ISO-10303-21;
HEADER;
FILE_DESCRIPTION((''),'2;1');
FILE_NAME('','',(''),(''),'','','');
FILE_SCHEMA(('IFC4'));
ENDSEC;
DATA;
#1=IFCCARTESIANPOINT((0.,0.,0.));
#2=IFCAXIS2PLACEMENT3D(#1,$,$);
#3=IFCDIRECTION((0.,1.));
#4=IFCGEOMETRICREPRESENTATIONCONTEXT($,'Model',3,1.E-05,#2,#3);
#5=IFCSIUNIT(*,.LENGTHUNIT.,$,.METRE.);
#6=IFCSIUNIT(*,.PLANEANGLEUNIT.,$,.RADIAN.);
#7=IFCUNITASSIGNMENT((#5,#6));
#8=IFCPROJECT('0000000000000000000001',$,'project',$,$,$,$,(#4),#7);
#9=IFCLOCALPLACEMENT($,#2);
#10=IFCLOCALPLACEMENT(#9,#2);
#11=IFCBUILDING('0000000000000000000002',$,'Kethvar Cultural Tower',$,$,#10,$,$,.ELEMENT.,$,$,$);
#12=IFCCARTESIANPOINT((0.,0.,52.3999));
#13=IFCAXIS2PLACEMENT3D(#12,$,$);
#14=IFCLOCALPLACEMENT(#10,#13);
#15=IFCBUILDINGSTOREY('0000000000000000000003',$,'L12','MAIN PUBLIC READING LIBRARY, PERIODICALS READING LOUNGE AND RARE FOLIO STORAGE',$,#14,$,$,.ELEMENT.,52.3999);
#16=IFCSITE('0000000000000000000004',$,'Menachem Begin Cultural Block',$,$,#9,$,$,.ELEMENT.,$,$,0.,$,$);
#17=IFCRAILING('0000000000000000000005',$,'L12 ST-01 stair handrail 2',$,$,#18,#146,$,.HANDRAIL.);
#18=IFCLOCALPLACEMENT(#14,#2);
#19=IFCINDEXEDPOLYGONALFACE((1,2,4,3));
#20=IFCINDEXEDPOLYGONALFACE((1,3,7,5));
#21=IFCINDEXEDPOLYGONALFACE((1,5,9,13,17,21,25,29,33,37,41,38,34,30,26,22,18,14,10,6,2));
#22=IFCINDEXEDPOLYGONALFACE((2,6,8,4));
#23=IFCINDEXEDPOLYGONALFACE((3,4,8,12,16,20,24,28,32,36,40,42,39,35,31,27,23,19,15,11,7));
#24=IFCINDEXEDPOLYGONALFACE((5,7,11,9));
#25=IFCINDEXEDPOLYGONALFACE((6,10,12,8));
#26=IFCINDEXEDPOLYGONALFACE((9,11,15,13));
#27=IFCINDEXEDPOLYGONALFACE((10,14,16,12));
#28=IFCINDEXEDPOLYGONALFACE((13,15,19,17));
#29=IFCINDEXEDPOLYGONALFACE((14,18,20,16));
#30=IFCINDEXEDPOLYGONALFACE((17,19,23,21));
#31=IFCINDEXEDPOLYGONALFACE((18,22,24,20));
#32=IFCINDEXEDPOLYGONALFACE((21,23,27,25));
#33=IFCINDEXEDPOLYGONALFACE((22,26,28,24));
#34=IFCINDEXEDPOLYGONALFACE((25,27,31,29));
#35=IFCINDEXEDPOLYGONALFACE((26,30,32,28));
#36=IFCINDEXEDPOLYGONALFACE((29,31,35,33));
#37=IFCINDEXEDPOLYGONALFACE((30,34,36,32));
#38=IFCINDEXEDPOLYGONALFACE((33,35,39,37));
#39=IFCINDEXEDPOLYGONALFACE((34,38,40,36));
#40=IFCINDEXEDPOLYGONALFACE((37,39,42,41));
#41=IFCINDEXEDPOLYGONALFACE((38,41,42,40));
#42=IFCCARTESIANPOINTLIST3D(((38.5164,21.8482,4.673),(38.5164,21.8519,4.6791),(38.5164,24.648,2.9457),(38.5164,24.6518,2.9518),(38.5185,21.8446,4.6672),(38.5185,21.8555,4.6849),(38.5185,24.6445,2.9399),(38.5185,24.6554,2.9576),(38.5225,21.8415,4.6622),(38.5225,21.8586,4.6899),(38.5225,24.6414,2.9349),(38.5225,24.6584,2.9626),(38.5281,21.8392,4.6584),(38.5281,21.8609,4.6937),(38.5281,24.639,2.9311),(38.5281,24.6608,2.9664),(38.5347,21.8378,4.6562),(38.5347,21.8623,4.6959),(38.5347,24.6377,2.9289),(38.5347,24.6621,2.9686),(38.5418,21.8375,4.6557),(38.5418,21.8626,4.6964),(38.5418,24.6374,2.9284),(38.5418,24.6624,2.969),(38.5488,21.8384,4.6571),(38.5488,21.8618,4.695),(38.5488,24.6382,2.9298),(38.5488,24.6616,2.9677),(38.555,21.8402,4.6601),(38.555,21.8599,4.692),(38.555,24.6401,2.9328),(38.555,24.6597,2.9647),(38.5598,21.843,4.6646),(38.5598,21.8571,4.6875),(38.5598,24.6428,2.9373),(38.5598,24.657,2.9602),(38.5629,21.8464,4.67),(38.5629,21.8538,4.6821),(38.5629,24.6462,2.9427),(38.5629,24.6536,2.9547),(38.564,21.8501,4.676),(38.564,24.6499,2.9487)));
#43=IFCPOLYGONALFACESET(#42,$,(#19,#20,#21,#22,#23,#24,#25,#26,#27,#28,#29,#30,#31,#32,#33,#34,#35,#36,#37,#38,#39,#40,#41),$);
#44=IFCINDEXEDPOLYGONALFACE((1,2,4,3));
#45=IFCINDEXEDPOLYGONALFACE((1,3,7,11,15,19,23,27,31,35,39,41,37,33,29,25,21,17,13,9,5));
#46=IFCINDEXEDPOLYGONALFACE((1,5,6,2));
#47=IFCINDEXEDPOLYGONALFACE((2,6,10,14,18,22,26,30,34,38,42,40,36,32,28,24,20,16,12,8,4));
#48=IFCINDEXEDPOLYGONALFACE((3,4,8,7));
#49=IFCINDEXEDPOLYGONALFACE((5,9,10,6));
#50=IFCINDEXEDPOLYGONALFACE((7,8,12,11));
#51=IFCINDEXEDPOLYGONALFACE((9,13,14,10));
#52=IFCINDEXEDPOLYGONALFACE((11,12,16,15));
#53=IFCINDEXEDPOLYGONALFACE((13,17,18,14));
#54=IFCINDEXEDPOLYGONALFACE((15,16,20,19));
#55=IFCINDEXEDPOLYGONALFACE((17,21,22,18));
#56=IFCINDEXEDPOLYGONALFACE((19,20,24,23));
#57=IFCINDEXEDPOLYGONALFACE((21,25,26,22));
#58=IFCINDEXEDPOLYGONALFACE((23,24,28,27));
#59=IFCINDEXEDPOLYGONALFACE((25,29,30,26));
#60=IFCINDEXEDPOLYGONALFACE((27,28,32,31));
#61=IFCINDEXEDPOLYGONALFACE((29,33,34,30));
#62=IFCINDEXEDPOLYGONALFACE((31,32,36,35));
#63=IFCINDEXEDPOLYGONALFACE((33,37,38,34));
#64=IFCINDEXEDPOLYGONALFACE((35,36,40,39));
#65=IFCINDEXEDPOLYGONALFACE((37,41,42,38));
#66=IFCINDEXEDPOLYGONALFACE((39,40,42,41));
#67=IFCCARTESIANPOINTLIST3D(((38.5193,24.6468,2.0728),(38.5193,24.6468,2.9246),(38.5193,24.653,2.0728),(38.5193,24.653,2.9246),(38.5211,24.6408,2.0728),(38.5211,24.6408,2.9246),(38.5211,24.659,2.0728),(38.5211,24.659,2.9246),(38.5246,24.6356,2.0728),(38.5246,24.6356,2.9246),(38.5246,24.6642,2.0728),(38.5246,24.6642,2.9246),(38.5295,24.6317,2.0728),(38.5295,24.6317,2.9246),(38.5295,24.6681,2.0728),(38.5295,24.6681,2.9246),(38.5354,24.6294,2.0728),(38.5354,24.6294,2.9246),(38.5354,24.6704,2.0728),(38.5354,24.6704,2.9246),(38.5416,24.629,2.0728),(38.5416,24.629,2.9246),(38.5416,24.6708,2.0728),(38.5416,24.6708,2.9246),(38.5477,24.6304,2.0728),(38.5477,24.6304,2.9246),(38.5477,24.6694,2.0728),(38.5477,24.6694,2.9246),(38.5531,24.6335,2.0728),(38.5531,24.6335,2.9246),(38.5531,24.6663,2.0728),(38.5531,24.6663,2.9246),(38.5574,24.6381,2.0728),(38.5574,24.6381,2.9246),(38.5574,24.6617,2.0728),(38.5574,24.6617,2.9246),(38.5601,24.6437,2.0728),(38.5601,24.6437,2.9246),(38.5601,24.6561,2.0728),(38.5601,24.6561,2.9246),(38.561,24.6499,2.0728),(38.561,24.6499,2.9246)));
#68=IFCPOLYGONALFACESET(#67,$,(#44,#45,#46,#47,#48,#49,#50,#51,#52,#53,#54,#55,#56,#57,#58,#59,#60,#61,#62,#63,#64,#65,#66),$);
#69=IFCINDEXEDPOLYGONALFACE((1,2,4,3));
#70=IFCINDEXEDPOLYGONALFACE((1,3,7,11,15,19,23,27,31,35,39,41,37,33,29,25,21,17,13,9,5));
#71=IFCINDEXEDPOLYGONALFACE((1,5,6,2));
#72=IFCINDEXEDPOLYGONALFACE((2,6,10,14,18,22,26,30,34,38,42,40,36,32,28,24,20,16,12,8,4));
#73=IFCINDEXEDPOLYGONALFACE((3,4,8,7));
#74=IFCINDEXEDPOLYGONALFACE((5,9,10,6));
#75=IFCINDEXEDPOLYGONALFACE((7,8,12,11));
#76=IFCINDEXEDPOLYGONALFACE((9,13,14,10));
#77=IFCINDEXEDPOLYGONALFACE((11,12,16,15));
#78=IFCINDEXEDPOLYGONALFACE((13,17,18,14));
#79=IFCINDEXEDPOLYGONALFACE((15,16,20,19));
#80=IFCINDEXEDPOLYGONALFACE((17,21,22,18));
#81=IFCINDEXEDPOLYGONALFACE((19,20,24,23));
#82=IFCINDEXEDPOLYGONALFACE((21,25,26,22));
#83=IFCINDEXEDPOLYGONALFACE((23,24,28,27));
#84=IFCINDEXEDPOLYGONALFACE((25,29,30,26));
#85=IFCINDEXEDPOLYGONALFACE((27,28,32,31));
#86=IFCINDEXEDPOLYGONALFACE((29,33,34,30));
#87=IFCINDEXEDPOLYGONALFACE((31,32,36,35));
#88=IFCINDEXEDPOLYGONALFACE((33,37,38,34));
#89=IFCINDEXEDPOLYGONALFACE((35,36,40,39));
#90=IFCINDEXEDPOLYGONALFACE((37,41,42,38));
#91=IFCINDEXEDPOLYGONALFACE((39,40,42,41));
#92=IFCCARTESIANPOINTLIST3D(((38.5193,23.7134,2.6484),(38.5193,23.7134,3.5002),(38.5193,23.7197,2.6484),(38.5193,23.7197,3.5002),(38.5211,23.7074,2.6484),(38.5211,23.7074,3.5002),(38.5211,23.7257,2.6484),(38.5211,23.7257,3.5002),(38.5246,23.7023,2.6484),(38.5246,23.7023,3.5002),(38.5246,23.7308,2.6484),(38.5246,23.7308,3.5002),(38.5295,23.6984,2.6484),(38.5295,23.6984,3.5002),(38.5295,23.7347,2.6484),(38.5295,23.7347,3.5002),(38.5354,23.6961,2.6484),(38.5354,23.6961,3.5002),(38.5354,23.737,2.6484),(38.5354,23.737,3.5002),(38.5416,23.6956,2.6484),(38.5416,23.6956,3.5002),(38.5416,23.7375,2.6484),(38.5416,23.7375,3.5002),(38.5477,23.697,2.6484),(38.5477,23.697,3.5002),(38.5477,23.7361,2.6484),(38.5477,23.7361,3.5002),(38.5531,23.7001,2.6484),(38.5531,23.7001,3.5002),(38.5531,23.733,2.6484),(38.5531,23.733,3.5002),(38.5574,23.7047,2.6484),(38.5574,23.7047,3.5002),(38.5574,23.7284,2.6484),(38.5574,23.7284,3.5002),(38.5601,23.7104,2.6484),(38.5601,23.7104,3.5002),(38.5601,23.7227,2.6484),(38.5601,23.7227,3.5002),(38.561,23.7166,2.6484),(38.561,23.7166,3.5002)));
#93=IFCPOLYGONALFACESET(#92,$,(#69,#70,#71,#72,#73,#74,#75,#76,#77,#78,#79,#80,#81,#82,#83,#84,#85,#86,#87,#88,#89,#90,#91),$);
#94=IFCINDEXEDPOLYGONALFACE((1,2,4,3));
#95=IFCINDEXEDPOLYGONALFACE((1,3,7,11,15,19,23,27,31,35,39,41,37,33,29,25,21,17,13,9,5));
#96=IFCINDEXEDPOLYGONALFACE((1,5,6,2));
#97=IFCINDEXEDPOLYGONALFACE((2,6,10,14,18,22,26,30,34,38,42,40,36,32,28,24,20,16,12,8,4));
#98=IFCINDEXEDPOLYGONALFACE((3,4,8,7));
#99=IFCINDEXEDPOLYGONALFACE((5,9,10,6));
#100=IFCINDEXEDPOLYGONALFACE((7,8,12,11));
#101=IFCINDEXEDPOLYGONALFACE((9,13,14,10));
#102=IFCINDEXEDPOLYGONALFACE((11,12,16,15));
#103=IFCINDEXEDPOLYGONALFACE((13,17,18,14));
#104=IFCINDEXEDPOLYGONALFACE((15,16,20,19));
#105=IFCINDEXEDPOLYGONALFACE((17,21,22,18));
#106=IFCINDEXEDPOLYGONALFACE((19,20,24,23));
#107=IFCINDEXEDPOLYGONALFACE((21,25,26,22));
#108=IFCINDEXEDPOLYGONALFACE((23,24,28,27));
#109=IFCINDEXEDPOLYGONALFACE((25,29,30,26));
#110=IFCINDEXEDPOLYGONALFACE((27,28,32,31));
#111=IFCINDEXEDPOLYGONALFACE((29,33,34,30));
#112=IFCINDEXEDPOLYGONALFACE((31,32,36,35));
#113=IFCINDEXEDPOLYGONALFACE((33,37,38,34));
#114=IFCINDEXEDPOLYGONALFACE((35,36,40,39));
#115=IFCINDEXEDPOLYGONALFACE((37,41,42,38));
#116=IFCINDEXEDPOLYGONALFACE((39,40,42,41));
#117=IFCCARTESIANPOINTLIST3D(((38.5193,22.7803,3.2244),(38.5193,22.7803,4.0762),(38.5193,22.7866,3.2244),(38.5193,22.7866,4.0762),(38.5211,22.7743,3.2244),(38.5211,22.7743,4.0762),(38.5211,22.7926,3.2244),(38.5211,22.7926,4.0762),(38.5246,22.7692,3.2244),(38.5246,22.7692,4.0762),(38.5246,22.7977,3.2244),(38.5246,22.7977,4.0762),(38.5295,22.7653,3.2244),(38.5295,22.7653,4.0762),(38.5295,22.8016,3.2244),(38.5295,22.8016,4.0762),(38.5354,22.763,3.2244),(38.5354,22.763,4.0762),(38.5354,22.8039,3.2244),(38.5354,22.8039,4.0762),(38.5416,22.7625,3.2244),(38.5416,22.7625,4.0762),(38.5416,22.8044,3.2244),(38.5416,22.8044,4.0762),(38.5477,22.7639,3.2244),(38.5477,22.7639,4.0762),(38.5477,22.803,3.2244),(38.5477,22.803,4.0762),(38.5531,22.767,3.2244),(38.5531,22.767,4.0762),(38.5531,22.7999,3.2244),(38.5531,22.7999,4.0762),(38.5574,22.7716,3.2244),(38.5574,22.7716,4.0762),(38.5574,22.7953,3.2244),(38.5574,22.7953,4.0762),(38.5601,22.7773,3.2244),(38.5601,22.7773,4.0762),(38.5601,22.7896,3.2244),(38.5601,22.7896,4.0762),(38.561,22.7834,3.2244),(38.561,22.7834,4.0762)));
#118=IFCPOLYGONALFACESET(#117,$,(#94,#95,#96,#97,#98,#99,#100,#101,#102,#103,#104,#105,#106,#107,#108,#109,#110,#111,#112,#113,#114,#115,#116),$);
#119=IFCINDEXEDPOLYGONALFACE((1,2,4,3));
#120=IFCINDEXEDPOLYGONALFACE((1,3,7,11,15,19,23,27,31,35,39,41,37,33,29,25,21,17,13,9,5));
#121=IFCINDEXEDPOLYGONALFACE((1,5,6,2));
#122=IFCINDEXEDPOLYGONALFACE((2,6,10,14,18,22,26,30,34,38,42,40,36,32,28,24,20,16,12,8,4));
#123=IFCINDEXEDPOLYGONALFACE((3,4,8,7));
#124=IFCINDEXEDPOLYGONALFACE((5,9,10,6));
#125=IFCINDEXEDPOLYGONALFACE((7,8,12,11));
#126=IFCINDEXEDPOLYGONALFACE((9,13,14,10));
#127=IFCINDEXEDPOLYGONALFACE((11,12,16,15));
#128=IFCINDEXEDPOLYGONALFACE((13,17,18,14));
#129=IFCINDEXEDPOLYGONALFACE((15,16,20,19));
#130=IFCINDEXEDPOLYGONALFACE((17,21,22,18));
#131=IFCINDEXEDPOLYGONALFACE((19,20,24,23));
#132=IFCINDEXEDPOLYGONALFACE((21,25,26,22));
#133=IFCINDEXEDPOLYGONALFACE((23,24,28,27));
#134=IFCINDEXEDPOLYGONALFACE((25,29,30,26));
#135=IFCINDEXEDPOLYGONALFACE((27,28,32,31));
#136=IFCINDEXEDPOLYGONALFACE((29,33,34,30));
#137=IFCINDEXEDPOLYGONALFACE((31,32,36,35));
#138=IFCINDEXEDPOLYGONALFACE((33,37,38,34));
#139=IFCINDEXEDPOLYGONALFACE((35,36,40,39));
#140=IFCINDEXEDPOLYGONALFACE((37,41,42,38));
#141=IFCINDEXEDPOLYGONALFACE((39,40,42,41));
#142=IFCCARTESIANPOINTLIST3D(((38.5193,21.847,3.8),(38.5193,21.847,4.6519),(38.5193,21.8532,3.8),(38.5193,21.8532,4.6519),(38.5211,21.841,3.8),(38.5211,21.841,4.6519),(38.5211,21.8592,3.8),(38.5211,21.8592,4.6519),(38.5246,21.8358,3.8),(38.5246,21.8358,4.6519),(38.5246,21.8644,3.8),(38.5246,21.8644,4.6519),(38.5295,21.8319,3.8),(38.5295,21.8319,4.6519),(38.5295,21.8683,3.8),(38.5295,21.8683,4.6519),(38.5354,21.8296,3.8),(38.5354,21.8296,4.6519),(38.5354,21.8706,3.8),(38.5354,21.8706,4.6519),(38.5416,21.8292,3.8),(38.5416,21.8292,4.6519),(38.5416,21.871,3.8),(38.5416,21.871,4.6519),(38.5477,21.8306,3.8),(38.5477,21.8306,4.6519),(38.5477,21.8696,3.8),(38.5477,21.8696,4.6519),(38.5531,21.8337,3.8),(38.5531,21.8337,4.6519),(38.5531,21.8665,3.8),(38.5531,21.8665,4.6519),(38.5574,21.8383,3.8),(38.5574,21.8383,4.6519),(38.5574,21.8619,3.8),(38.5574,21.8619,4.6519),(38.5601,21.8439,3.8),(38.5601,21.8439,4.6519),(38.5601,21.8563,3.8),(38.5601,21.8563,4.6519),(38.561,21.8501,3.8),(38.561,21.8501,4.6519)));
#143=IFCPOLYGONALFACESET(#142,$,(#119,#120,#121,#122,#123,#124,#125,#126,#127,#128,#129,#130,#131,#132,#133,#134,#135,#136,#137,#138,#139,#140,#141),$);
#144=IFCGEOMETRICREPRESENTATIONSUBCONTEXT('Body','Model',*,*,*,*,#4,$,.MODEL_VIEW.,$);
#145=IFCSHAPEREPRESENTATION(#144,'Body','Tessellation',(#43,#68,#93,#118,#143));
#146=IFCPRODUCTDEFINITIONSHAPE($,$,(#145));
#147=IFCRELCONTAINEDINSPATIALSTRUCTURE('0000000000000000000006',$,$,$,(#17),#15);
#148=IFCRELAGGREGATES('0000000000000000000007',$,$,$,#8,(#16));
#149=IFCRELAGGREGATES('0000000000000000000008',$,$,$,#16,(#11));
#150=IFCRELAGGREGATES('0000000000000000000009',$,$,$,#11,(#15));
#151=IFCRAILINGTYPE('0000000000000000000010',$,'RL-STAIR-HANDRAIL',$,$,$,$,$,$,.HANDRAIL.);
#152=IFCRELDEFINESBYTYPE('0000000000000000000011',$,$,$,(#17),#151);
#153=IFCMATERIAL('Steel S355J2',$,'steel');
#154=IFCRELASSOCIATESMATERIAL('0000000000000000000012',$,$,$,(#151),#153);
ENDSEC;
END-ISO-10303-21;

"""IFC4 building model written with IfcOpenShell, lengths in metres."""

from ifc_helpers import new_model, si_unit, direction, frame, origin, origin_2d, place, context, subcontext, project, spatial, circle, extrude, material, type_object, element, save


model = new_model("IFC4")

# Units and contexts
model_context = context("Model", 3, precision=1e-05, world=origin(), true_north=direction((0.0, 1.0)))
body_context = subcontext(model_context, "Body", "Model", "MODEL_VIEW")
ifc_project = project(units=[si_unit("LENGTHUNIT", "METRE"), si_unit("PLANEANGLEUNIT", "RADIAN")], contexts=[model_context])

# Site, building, storey
site_placement = place(None, origin())
site = spatial("IfcSite", under=ifc_project, at=site_placement, Name="Menachem Begin Cultural Block", CompositionType="ELEMENT", RefElevation=0.0)
building_placement = place(site_placement, origin())
building = spatial("IfcBuilding", under=site, at=building_placement, Name="Kethvar Cultural Tower", CompositionType="ELEMENT")
storey_placement = place(building_placement, frame((0.0, 0.0, 52.3999)))
storey = spatial("IfcBuildingStorey", under=building, at=storey_placement, Name="L12", Description="MAIN PUBLIC READING LIBRARY, PERIODICALS READING LOUNGE AND RARE FOLIO STORAGE", CompositionType="ELEMENT", Elevation=52.3999)

# Shared definitions
ifc_material_1 = material(Name="Steel S355J2", Category="steel")

# Railing
railing_type_1 = type_object("IfcRailingType", Name="RL-STAIR-HANDRAIL", PredefinedType="HANDRAIL", material=ifc_material_1)
railing_1_placement = place(storey_placement, frame((38.54, 24.6499, 2.0728)))
element("IfcRailing", 1, at=railing_1_placement, inside=storey, type_object=railing_type_1, Name="L12 ST-01 stair handrail 2", PredefinedType="HANDRAIL", context=body_context, shape_type="SweptSolid", body=[
    extrude(circle(Radius=0.0239, at=origin_2d()), frame((0.0, 0.0, 0.876), z_axis=(0.0, -0.851069, 0.525054), x_axis=(1.0, 0.0, 0.0)), (0.0, 0.0, 1.0), 3.2898),
    extrude(circle(Radius=0.021, at=origin_2d()), origin(), (0.0, 0.0, 1.0), 0.8518),
    extrude(circle(Radius=0.021, at=origin_2d()), frame((0.0, -0.9333, 0.5757)), (0.0, 0.0, 1.0), 0.8518),
    extrude(circle(Radius=0.021, at=origin_2d()), frame((0.0, -1.8665, 1.1516)), (0.0, 0.0, 1.0), 0.8518),
    extrude(circle(Radius=0.021, at=origin_2d()), frame((0.0, -2.7998, 1.7273)), (0.0, 0.0, 1.0), 0.8518),
])

save(model, "model.ifc")
